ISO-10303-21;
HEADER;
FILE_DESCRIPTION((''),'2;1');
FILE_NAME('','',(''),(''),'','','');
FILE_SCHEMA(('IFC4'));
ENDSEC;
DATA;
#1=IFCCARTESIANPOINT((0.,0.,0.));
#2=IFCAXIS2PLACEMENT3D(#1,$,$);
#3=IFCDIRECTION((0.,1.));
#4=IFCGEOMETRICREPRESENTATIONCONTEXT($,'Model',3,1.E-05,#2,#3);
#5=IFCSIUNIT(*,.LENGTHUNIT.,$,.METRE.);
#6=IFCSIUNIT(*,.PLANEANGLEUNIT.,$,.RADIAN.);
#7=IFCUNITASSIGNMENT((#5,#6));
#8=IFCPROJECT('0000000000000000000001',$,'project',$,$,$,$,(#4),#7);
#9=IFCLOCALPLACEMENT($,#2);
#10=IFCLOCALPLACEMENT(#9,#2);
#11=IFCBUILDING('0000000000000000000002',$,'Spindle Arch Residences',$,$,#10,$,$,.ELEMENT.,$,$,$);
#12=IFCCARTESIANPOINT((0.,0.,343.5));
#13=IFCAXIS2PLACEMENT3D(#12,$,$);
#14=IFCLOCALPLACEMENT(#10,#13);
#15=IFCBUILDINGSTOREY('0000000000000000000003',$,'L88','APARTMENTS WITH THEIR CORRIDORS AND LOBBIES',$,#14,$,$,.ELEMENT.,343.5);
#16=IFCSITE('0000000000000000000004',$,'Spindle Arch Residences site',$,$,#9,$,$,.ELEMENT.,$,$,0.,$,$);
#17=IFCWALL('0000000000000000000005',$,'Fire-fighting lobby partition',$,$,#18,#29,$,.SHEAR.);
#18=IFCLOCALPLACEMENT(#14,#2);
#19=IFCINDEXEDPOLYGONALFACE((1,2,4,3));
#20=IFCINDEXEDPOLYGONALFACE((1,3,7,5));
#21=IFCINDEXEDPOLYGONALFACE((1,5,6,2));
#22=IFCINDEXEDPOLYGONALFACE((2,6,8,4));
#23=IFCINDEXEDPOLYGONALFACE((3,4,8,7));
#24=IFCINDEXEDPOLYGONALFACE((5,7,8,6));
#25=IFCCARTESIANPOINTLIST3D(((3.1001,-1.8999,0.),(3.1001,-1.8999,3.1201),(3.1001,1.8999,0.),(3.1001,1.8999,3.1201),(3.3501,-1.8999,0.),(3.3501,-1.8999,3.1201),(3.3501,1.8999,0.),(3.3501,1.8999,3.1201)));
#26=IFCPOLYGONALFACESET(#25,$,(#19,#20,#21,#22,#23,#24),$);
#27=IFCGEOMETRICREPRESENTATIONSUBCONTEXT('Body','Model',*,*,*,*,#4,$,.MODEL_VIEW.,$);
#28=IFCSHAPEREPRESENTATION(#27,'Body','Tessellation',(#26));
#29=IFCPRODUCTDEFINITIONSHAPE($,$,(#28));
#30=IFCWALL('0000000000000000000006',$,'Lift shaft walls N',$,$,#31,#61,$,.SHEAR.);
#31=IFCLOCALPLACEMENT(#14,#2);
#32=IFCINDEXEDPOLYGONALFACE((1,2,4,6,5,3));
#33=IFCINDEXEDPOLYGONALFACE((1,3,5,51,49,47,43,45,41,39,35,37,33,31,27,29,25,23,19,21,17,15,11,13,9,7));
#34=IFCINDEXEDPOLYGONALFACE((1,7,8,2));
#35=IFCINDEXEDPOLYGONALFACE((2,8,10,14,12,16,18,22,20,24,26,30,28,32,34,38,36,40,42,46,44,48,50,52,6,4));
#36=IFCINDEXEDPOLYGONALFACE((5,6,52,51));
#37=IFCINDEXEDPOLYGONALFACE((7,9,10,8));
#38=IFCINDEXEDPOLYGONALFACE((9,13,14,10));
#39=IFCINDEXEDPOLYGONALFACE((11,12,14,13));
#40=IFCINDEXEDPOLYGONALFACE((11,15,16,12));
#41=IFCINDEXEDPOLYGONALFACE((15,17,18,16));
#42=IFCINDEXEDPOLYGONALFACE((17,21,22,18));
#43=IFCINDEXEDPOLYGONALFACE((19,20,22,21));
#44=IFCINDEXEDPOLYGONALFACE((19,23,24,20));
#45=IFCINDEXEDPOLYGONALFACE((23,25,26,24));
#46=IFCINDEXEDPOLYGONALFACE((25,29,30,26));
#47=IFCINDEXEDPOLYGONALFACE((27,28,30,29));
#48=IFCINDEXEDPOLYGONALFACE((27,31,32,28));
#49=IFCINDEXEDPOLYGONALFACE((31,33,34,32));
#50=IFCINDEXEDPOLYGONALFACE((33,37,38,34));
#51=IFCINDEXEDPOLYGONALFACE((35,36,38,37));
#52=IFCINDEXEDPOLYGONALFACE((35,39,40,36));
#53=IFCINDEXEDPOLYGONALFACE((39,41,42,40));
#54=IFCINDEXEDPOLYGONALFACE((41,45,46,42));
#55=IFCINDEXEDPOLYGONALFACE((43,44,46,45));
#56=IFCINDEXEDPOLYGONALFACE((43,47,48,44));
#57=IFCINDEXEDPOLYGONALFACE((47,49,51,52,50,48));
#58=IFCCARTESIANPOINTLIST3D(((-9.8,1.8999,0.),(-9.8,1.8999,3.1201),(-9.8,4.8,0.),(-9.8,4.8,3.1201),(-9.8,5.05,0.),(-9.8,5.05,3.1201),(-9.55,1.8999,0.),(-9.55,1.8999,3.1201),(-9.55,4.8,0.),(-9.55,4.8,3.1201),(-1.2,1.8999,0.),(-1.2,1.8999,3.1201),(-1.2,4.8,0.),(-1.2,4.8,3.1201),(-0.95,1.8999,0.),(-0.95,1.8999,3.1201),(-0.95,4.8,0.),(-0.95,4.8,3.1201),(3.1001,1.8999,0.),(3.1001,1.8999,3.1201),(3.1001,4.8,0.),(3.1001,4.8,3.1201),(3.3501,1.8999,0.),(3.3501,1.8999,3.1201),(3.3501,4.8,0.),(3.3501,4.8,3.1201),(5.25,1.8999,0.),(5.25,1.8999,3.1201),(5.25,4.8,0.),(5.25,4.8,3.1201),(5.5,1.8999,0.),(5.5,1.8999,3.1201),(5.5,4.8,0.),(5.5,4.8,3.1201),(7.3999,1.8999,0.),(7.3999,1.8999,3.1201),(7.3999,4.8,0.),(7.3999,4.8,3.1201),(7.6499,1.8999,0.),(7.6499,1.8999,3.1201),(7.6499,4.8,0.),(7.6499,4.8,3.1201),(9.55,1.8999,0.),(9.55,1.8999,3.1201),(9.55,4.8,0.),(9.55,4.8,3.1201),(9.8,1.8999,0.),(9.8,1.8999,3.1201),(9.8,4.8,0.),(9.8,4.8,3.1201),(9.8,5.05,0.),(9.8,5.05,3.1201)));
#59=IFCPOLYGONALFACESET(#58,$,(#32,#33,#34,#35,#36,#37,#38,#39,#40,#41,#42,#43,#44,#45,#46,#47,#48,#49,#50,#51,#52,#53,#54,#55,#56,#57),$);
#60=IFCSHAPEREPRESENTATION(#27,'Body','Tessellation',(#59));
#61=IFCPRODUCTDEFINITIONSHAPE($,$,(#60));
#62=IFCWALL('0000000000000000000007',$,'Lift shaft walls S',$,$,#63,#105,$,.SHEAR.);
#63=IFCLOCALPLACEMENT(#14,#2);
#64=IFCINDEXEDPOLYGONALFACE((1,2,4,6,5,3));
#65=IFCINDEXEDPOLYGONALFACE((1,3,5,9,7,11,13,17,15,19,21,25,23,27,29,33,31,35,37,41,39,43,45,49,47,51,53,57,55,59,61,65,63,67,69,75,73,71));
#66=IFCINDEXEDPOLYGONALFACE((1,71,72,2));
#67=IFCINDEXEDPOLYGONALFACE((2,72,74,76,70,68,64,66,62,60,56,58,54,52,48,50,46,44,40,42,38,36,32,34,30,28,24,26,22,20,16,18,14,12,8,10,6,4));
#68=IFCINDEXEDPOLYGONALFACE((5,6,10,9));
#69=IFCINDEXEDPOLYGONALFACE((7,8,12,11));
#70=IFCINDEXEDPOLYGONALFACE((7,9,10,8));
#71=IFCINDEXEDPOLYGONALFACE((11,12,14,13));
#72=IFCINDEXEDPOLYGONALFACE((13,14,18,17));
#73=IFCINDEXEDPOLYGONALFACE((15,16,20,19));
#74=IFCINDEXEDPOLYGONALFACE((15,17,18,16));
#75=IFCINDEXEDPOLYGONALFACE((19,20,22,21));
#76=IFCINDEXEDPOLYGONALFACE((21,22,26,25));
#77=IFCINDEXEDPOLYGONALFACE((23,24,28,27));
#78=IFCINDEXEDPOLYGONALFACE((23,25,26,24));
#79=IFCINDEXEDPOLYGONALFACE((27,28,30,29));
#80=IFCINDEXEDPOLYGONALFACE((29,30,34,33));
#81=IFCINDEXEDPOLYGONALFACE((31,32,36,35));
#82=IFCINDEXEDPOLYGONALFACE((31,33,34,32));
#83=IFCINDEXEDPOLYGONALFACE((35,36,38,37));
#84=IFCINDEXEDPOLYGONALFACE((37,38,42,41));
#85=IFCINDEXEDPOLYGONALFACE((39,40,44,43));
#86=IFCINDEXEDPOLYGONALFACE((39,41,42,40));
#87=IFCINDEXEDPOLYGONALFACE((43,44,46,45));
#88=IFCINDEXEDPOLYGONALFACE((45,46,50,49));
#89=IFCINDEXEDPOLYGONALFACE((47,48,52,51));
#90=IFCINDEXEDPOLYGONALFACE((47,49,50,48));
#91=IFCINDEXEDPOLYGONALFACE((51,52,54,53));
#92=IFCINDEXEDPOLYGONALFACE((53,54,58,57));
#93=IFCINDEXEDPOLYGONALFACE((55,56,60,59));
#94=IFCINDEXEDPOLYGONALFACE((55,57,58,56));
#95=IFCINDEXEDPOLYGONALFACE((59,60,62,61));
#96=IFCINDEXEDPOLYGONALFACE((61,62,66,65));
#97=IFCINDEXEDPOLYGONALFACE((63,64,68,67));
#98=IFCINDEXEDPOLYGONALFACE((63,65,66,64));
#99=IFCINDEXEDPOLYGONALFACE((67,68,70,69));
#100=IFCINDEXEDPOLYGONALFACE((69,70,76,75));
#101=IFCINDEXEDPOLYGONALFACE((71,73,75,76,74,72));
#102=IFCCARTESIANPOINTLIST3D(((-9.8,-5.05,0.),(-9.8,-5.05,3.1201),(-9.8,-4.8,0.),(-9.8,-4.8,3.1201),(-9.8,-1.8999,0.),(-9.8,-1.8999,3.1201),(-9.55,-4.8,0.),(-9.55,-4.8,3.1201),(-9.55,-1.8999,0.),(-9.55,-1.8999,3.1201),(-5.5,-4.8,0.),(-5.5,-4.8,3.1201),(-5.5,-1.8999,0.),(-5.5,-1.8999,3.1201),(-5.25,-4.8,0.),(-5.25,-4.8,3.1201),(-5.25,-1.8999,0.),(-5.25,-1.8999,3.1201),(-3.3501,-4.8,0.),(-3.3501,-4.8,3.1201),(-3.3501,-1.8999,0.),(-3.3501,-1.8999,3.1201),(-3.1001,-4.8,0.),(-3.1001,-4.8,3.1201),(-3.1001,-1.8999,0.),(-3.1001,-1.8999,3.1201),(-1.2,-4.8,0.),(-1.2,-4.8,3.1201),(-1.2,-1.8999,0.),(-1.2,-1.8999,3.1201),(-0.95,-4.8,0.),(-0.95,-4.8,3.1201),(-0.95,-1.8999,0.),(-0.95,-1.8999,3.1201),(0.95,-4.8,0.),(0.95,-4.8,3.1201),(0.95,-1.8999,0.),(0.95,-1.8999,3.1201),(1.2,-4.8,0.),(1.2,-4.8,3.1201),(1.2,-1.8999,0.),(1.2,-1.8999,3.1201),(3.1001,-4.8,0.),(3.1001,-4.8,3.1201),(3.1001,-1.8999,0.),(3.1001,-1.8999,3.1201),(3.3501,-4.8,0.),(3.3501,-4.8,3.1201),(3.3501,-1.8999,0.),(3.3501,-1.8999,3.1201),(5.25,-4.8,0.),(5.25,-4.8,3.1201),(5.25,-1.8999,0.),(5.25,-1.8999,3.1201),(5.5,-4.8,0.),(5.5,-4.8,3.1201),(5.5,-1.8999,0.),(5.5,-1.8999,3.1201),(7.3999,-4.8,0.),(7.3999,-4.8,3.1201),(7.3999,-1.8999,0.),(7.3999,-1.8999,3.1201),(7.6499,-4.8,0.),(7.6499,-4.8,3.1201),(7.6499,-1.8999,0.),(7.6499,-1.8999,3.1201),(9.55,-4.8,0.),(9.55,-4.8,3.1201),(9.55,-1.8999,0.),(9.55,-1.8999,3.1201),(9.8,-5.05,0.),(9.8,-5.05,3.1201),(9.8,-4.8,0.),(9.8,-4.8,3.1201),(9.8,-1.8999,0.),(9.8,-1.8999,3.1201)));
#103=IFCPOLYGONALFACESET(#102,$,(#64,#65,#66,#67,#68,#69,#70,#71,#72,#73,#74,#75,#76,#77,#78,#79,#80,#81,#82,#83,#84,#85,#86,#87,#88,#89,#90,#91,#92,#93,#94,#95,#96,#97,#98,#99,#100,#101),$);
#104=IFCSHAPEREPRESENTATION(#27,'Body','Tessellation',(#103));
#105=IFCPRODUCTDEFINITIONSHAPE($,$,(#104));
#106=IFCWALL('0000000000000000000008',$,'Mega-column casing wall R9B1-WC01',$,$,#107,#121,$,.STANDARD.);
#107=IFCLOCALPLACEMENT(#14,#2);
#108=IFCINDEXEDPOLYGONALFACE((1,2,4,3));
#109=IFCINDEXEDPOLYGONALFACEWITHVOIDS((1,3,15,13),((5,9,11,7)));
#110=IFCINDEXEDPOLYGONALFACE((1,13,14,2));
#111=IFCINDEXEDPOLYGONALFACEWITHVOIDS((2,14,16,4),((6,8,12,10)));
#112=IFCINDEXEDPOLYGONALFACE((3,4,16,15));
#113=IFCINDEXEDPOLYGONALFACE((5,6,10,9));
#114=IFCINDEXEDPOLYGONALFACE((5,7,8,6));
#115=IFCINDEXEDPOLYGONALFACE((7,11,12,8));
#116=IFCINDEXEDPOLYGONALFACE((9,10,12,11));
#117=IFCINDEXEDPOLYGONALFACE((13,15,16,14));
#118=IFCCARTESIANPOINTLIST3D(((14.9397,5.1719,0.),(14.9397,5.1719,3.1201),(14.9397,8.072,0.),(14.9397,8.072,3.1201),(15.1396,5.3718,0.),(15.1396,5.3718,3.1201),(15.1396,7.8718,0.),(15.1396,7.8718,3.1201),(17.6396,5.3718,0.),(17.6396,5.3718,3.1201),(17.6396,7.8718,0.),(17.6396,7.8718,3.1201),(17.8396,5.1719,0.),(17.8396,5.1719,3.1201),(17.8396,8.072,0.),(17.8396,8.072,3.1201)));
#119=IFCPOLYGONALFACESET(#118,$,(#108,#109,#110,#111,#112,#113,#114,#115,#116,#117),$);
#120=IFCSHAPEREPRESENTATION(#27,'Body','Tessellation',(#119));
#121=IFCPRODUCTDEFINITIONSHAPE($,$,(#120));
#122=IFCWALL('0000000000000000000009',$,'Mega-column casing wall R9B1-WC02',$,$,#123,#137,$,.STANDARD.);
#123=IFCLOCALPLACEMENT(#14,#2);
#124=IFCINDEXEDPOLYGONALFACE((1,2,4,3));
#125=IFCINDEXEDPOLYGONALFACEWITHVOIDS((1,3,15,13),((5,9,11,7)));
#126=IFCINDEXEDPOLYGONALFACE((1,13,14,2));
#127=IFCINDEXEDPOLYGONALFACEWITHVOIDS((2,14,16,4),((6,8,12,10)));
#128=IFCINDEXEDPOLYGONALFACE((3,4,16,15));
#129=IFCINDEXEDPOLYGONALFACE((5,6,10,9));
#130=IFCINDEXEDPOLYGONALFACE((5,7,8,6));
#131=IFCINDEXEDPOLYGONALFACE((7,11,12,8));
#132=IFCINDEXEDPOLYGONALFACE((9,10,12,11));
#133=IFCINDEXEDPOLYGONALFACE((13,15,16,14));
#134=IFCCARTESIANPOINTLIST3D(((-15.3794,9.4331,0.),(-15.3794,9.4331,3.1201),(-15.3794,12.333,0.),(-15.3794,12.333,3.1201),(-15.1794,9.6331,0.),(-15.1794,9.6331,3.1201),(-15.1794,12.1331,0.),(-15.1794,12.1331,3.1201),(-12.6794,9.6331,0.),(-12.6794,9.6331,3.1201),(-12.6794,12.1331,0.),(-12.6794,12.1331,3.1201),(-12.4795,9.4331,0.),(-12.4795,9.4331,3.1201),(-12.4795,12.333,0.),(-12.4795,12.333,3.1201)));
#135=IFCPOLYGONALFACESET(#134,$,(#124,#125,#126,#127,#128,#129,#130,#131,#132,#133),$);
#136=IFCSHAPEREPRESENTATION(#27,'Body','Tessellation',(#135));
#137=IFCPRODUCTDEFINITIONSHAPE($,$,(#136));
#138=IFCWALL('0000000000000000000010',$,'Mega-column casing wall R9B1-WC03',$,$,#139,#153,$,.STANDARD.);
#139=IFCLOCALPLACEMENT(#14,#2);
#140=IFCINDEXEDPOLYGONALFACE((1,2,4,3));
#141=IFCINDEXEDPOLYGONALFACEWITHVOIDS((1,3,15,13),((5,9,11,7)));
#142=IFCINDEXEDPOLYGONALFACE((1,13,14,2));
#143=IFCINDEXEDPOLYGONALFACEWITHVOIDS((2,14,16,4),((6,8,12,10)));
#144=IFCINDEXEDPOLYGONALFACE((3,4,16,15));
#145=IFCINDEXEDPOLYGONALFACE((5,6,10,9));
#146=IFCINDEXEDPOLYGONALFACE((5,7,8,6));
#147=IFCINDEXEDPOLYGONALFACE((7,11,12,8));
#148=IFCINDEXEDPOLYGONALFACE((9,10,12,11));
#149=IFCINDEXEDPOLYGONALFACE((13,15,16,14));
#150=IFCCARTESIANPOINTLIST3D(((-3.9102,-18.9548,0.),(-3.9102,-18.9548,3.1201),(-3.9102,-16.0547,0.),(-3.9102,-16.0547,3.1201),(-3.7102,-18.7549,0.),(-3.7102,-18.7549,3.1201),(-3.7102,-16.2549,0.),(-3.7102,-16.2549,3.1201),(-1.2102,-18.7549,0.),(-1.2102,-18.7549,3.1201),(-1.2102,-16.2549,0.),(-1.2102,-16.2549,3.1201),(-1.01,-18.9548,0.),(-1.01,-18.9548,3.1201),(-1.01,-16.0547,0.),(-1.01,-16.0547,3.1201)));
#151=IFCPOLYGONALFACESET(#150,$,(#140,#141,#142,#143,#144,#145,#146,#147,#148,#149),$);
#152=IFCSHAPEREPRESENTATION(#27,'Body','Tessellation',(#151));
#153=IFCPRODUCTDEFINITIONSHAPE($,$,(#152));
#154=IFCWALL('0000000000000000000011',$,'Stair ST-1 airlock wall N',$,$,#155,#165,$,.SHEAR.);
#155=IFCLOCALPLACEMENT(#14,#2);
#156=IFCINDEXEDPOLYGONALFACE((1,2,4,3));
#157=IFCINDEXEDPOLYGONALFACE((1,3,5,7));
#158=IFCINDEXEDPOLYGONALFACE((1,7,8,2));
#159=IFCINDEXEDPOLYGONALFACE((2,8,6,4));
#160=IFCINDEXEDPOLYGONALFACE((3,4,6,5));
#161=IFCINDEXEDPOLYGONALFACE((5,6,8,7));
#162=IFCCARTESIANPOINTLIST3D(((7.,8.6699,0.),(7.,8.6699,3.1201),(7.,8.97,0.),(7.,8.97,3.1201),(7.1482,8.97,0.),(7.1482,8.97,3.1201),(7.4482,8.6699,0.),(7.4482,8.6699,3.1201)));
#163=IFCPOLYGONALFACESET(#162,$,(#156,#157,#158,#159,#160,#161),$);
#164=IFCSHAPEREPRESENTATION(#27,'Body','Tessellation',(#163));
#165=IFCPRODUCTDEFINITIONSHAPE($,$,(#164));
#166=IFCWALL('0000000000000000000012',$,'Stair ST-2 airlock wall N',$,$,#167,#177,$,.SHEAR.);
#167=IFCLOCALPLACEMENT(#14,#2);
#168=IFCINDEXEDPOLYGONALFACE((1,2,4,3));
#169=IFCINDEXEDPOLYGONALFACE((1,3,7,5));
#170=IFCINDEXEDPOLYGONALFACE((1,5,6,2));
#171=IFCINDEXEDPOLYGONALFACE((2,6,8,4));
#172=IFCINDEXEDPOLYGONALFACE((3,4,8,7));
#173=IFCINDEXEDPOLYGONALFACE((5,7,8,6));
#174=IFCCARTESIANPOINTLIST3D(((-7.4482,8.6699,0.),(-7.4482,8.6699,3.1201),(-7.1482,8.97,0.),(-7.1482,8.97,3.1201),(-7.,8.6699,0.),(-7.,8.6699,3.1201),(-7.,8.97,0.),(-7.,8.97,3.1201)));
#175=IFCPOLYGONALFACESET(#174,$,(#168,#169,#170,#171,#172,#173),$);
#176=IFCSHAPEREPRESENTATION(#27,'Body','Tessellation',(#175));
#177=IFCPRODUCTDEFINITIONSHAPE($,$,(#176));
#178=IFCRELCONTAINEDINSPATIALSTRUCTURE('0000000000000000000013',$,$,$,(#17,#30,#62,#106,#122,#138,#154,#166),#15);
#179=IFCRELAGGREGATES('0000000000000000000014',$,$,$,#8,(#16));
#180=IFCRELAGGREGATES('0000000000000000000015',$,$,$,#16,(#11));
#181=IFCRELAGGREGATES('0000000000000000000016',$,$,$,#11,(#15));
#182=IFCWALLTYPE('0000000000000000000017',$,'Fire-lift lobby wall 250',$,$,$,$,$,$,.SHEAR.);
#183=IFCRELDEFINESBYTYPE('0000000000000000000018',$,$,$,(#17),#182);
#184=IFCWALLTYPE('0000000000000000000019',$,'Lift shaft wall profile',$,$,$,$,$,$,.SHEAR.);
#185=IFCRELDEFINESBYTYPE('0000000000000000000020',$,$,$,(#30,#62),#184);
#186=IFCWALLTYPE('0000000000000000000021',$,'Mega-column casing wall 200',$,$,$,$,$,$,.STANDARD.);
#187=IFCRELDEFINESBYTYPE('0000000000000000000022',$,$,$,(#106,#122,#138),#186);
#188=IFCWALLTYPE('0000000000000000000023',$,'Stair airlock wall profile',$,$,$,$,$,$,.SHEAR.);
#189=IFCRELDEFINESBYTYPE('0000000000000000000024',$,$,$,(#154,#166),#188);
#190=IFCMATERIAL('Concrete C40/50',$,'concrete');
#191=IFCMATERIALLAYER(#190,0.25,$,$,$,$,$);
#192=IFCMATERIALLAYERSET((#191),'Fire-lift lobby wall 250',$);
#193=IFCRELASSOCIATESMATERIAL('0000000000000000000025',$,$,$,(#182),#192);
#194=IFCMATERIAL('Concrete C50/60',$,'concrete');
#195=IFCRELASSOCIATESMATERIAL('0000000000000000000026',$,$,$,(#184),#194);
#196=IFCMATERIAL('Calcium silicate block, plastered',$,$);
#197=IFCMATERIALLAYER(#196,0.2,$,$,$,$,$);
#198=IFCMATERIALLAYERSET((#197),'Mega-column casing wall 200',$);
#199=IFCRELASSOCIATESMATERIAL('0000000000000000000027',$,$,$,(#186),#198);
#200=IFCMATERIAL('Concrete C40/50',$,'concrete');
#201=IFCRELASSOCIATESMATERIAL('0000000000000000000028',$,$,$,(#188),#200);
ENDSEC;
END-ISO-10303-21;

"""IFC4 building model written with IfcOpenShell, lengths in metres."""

from ifc_helpers import new_model, si_unit, direction, frame, frame_2d, origin, place, context, subcontext, project, spatial, polyline, rectangle, outline, extrude, material, layer, layer_set, type_object, element, save


model = new_model("IFC4")

# Units and contexts
model_context = context("Model", 3, precision=1e-05, world=origin(), true_north=direction((0.0, 1.0)))
body_context = subcontext(model_context, "Body", "Model", "MODEL_VIEW")
ifc_project = project(units=[si_unit("LENGTHUNIT", "METRE"), si_unit("PLANEANGLEUNIT", "RADIAN")], contexts=[model_context])

# Site, building, storey
site_placement = place(None, origin())
site = spatial("IfcSite", under=ifc_project, at=site_placement, Name="Spindle Arch Residences site", CompositionType="ELEMENT", RefElevation=0.0)
building_placement = place(site_placement, origin())
building = spatial("IfcBuilding", under=site, at=building_placement, Name="Spindle Arch Residences", CompositionType="ELEMENT")
storey_placement = place(building_placement, frame((0.0, 0.0, 343.5)))
storey = spatial("IfcBuildingStorey", under=building, at=storey_placement, Name="L88", Description="APARTMENTS WITH THEIR CORRIDORS AND LOBBIES", CompositionType="ELEMENT", Elevation=343.5)

# Walls
ifc_material_1 = material(Name="Concrete C40/50", Category="concrete")
ifc_layer_1 = layer(ifc_material_1, 0.25)
ifc_layer_set_1 = layer_set([ifc_layer_1], Name="Fire-lift lobby wall 250")
wall_type_1 = type_object("IfcWallType", Name="Fire-lift lobby wall 250", PredefinedType="SHEAR", material=ifc_layer_set_1)
wall_1_placement = place(storey_placement, frame((3.2251, -1.8999, 0.0), z_axis=(0.0, 0.0, 1.0), x_axis=(0.0, 1.0, 0.0)))
element("IfcWall", 1, at=wall_1_placement, inside=storey, type_object=wall_type_1, Name="Fire-fighting lobby partition", PredefinedType="SHEAR", context=body_context, shape_type="SweptSolid", body=[
    extrude(rectangle(XDim=3.7998, YDim=0.25, at=frame_2d((1.8999, 0.0))), origin(), (0.0, 0.0, 1.0), 3.1201),
])
ifc_material_2 = material(Name="Concrete C50/60", Category="concrete")
wall_type_2 = type_object("IfcWallType", Name="Lift shaft wall profile", PredefinedType="SHEAR", material=ifc_material_2)
wall_2_placement = place(storey_placement, origin())
element("IfcWall", 2, at=wall_2_placement, inside=storey, type_object=wall_type_2, Name="Lift shaft walls N", PredefinedType="SHEAR", context=body_context, shape_type="SweptSolid", body=[
    extrude(outline(polyline([(-9.8, 1.8999), (-9.55, 1.8999), (-9.55, 4.8), (-1.2, 4.8), (-1.2, 1.8999), (-0.95, 1.8999), (-0.95, 4.8), (3.1001, 4.8), (3.1001, 1.8999), (3.3501, 1.8999), (3.3501, 4.8), (5.25, 4.8), (5.25, 1.8999), (5.5, 1.8999), (5.5, 4.8), (7.3999, 4.8), (7.3999, 1.8999), (7.6499, 1.8999), (7.6499, 4.8), (9.55, 4.8), (9.55, 1.8999), (9.8, 1.8999), (9.8, 4.8), (9.8, 5.05), (-9.8, 5.05), (-9.8, 4.8), (-9.8, 1.8999)])), origin(), (0.0, 0.0, 1.0), 3.1201),
])
wall_3_placement = place(storey_placement, origin())
element("IfcWall", 3, at=wall_3_placement, inside=storey, type_object=wall_type_2, Name="Lift shaft walls S", PredefinedType="SHEAR", context=body_context, shape_type="SweptSolid", body=[
    extrude(outline(polyline([(9.8, -5.05), (9.8, -4.8), (9.8, -1.8999), (9.55, -1.8999), (9.55, -4.8), (7.6499, -4.8), (7.6499, -1.8999), (7.3999, -1.8999), (7.3999, -4.8), (5.5, -4.8), (5.5, -1.8999), (5.25, -1.8999), (5.25, -4.8), (3.3501, -4.8), (3.3501, -1.8999), (3.1001, -1.8999), (3.1001, -4.8), (1.2, -4.8), (1.2, -1.8999), (0.95, -1.8999), (0.95, -4.8), (-0.95, -4.8), (-0.95, -1.8999), (-1.2, -1.8999), (-1.2, -4.8), (-3.1001, -4.8), (-3.1001, -1.8999), (-3.3501, -1.8999), (-3.3501, -4.8), (-5.25, -4.8), (-5.25, -1.8999), (-5.5, -1.8999), (-5.5, -4.8), (-9.55, -4.8), (-9.55, -1.8999), (-9.8, -1.8999), (-9.8, -4.8), (-9.8, -5.05), (9.8, -5.05)])), origin(), (0.0, 0.0, 1.0), 3.1201),
])
ifc_material_3 = material(Name="Calcium silicate block, plastered")
ifc_layer_2 = layer(ifc_material_3, 0.2)
ifc_layer_set_2 = layer_set([ifc_layer_2], Name="Mega-column casing wall 200")
wall_type_3 = type_object("IfcWallType", Name="Mega-column casing wall 200", PredefinedType="STANDARD", material=ifc_layer_set_2)
wall_4_placement = place(storey_placement, origin())
element("IfcWall", 4, at=wall_4_placement, inside=storey, type_object=wall_type_3, Name="Mega-column casing wall R9B1-WC01", PredefinedType="STANDARD", context=body_context, shape_type="SweptSolid", body=[
    extrude(outline(polyline([(17.8396, 8.072), (17.8396, 5.1719), (14.9397, 5.1719), (14.9397, 8.072), (17.8396, 8.072)]), holes=[polyline([(15.1396, 5.3718), (17.6396, 5.3718), (17.6396, 7.8718), (15.1396, 7.8718), (15.1396, 5.3718)])]), origin(), (0.0, 0.0, 1.0), 3.1201),
])
wall_5_placement = place(storey_placement, origin())
element("IfcWall", 5, at=wall_5_placement, inside=storey, type_object=wall_type_3, Name="Mega-column casing wall R9B1-WC02", PredefinedType="STANDARD", context=body_context, shape_type="SweptSolid", body=[
    extrude(outline(polyline([(-12.4795, 12.333), (-12.4795, 9.4331), (-15.3794, 9.4331), (-15.3794, 12.333), (-12.4795, 12.333)]), holes=[polyline([(-15.1794, 9.6331), (-12.6794, 9.6331), (-12.6794, 12.1331), (-15.1794, 12.1331), (-15.1794, 9.6331)])]), origin(), (0.0, 0.0, 1.0), 3.1201),
])
wall_6_placement = place(storey_placement, origin())
element("IfcWall", 6, at=wall_6_placement, inside=storey, type_object=wall_type_3, Name="Mega-column casing wall R9B1-WC03", PredefinedType="STANDARD", context=body_context, shape_type="SweptSolid", body=[
    extrude(outline(polyline([(-1.01, -16.0547), (-1.01, -18.9548), (-3.9102, -18.9548), (-3.9102, -16.0547), (-1.01, -16.0547)]), holes=[polyline([(-3.7102, -18.7549), (-1.2102, -18.7549), (-1.2102, -16.2549), (-3.7102, -16.2549), (-3.7102, -18.7549)])]), origin(), (0.0, 0.0, 1.0), 3.1201),
])
ifc_material_4 = material(Name="Concrete C40/50", Category="concrete")
wall_type_4 = type_object("IfcWallType", Name="Stair airlock wall profile", PredefinedType="SHEAR", material=ifc_material_4)
wall_7_placement = place(storey_placement, origin())
element("IfcWall", 7, at=wall_7_placement, inside=storey, type_object=wall_type_4, Name="Stair ST-1 airlock wall N", PredefinedType="SHEAR", context=body_context, shape_type="SweptSolid", body=[
    extrude(outline(polyline([(7.4482, 8.6699), (7.0, 8.6699), (7.0, 8.97), (7.1482, 8.97), (7.4482, 8.6699)])), origin(), (0.0, 0.0, 1.0), 3.1201),
])
wall_8_placement = place(storey_placement, origin())
element("IfcWall", 8, at=wall_8_placement, inside=storey, type_object=wall_type_4, Name="Stair ST-2 airlock wall N", PredefinedType="SHEAR", context=body_context, shape_type="SweptSolid", body=[
    extrude(outline(polyline([(-7.1482, 8.97), (-7.0, 8.97), (-7.0, 8.6699), (-7.4482, 8.6699), (-7.1482, 8.97)])), origin(), (0.0, 0.0, 1.0), 3.1201),
])

save(model, "model.ifc")
